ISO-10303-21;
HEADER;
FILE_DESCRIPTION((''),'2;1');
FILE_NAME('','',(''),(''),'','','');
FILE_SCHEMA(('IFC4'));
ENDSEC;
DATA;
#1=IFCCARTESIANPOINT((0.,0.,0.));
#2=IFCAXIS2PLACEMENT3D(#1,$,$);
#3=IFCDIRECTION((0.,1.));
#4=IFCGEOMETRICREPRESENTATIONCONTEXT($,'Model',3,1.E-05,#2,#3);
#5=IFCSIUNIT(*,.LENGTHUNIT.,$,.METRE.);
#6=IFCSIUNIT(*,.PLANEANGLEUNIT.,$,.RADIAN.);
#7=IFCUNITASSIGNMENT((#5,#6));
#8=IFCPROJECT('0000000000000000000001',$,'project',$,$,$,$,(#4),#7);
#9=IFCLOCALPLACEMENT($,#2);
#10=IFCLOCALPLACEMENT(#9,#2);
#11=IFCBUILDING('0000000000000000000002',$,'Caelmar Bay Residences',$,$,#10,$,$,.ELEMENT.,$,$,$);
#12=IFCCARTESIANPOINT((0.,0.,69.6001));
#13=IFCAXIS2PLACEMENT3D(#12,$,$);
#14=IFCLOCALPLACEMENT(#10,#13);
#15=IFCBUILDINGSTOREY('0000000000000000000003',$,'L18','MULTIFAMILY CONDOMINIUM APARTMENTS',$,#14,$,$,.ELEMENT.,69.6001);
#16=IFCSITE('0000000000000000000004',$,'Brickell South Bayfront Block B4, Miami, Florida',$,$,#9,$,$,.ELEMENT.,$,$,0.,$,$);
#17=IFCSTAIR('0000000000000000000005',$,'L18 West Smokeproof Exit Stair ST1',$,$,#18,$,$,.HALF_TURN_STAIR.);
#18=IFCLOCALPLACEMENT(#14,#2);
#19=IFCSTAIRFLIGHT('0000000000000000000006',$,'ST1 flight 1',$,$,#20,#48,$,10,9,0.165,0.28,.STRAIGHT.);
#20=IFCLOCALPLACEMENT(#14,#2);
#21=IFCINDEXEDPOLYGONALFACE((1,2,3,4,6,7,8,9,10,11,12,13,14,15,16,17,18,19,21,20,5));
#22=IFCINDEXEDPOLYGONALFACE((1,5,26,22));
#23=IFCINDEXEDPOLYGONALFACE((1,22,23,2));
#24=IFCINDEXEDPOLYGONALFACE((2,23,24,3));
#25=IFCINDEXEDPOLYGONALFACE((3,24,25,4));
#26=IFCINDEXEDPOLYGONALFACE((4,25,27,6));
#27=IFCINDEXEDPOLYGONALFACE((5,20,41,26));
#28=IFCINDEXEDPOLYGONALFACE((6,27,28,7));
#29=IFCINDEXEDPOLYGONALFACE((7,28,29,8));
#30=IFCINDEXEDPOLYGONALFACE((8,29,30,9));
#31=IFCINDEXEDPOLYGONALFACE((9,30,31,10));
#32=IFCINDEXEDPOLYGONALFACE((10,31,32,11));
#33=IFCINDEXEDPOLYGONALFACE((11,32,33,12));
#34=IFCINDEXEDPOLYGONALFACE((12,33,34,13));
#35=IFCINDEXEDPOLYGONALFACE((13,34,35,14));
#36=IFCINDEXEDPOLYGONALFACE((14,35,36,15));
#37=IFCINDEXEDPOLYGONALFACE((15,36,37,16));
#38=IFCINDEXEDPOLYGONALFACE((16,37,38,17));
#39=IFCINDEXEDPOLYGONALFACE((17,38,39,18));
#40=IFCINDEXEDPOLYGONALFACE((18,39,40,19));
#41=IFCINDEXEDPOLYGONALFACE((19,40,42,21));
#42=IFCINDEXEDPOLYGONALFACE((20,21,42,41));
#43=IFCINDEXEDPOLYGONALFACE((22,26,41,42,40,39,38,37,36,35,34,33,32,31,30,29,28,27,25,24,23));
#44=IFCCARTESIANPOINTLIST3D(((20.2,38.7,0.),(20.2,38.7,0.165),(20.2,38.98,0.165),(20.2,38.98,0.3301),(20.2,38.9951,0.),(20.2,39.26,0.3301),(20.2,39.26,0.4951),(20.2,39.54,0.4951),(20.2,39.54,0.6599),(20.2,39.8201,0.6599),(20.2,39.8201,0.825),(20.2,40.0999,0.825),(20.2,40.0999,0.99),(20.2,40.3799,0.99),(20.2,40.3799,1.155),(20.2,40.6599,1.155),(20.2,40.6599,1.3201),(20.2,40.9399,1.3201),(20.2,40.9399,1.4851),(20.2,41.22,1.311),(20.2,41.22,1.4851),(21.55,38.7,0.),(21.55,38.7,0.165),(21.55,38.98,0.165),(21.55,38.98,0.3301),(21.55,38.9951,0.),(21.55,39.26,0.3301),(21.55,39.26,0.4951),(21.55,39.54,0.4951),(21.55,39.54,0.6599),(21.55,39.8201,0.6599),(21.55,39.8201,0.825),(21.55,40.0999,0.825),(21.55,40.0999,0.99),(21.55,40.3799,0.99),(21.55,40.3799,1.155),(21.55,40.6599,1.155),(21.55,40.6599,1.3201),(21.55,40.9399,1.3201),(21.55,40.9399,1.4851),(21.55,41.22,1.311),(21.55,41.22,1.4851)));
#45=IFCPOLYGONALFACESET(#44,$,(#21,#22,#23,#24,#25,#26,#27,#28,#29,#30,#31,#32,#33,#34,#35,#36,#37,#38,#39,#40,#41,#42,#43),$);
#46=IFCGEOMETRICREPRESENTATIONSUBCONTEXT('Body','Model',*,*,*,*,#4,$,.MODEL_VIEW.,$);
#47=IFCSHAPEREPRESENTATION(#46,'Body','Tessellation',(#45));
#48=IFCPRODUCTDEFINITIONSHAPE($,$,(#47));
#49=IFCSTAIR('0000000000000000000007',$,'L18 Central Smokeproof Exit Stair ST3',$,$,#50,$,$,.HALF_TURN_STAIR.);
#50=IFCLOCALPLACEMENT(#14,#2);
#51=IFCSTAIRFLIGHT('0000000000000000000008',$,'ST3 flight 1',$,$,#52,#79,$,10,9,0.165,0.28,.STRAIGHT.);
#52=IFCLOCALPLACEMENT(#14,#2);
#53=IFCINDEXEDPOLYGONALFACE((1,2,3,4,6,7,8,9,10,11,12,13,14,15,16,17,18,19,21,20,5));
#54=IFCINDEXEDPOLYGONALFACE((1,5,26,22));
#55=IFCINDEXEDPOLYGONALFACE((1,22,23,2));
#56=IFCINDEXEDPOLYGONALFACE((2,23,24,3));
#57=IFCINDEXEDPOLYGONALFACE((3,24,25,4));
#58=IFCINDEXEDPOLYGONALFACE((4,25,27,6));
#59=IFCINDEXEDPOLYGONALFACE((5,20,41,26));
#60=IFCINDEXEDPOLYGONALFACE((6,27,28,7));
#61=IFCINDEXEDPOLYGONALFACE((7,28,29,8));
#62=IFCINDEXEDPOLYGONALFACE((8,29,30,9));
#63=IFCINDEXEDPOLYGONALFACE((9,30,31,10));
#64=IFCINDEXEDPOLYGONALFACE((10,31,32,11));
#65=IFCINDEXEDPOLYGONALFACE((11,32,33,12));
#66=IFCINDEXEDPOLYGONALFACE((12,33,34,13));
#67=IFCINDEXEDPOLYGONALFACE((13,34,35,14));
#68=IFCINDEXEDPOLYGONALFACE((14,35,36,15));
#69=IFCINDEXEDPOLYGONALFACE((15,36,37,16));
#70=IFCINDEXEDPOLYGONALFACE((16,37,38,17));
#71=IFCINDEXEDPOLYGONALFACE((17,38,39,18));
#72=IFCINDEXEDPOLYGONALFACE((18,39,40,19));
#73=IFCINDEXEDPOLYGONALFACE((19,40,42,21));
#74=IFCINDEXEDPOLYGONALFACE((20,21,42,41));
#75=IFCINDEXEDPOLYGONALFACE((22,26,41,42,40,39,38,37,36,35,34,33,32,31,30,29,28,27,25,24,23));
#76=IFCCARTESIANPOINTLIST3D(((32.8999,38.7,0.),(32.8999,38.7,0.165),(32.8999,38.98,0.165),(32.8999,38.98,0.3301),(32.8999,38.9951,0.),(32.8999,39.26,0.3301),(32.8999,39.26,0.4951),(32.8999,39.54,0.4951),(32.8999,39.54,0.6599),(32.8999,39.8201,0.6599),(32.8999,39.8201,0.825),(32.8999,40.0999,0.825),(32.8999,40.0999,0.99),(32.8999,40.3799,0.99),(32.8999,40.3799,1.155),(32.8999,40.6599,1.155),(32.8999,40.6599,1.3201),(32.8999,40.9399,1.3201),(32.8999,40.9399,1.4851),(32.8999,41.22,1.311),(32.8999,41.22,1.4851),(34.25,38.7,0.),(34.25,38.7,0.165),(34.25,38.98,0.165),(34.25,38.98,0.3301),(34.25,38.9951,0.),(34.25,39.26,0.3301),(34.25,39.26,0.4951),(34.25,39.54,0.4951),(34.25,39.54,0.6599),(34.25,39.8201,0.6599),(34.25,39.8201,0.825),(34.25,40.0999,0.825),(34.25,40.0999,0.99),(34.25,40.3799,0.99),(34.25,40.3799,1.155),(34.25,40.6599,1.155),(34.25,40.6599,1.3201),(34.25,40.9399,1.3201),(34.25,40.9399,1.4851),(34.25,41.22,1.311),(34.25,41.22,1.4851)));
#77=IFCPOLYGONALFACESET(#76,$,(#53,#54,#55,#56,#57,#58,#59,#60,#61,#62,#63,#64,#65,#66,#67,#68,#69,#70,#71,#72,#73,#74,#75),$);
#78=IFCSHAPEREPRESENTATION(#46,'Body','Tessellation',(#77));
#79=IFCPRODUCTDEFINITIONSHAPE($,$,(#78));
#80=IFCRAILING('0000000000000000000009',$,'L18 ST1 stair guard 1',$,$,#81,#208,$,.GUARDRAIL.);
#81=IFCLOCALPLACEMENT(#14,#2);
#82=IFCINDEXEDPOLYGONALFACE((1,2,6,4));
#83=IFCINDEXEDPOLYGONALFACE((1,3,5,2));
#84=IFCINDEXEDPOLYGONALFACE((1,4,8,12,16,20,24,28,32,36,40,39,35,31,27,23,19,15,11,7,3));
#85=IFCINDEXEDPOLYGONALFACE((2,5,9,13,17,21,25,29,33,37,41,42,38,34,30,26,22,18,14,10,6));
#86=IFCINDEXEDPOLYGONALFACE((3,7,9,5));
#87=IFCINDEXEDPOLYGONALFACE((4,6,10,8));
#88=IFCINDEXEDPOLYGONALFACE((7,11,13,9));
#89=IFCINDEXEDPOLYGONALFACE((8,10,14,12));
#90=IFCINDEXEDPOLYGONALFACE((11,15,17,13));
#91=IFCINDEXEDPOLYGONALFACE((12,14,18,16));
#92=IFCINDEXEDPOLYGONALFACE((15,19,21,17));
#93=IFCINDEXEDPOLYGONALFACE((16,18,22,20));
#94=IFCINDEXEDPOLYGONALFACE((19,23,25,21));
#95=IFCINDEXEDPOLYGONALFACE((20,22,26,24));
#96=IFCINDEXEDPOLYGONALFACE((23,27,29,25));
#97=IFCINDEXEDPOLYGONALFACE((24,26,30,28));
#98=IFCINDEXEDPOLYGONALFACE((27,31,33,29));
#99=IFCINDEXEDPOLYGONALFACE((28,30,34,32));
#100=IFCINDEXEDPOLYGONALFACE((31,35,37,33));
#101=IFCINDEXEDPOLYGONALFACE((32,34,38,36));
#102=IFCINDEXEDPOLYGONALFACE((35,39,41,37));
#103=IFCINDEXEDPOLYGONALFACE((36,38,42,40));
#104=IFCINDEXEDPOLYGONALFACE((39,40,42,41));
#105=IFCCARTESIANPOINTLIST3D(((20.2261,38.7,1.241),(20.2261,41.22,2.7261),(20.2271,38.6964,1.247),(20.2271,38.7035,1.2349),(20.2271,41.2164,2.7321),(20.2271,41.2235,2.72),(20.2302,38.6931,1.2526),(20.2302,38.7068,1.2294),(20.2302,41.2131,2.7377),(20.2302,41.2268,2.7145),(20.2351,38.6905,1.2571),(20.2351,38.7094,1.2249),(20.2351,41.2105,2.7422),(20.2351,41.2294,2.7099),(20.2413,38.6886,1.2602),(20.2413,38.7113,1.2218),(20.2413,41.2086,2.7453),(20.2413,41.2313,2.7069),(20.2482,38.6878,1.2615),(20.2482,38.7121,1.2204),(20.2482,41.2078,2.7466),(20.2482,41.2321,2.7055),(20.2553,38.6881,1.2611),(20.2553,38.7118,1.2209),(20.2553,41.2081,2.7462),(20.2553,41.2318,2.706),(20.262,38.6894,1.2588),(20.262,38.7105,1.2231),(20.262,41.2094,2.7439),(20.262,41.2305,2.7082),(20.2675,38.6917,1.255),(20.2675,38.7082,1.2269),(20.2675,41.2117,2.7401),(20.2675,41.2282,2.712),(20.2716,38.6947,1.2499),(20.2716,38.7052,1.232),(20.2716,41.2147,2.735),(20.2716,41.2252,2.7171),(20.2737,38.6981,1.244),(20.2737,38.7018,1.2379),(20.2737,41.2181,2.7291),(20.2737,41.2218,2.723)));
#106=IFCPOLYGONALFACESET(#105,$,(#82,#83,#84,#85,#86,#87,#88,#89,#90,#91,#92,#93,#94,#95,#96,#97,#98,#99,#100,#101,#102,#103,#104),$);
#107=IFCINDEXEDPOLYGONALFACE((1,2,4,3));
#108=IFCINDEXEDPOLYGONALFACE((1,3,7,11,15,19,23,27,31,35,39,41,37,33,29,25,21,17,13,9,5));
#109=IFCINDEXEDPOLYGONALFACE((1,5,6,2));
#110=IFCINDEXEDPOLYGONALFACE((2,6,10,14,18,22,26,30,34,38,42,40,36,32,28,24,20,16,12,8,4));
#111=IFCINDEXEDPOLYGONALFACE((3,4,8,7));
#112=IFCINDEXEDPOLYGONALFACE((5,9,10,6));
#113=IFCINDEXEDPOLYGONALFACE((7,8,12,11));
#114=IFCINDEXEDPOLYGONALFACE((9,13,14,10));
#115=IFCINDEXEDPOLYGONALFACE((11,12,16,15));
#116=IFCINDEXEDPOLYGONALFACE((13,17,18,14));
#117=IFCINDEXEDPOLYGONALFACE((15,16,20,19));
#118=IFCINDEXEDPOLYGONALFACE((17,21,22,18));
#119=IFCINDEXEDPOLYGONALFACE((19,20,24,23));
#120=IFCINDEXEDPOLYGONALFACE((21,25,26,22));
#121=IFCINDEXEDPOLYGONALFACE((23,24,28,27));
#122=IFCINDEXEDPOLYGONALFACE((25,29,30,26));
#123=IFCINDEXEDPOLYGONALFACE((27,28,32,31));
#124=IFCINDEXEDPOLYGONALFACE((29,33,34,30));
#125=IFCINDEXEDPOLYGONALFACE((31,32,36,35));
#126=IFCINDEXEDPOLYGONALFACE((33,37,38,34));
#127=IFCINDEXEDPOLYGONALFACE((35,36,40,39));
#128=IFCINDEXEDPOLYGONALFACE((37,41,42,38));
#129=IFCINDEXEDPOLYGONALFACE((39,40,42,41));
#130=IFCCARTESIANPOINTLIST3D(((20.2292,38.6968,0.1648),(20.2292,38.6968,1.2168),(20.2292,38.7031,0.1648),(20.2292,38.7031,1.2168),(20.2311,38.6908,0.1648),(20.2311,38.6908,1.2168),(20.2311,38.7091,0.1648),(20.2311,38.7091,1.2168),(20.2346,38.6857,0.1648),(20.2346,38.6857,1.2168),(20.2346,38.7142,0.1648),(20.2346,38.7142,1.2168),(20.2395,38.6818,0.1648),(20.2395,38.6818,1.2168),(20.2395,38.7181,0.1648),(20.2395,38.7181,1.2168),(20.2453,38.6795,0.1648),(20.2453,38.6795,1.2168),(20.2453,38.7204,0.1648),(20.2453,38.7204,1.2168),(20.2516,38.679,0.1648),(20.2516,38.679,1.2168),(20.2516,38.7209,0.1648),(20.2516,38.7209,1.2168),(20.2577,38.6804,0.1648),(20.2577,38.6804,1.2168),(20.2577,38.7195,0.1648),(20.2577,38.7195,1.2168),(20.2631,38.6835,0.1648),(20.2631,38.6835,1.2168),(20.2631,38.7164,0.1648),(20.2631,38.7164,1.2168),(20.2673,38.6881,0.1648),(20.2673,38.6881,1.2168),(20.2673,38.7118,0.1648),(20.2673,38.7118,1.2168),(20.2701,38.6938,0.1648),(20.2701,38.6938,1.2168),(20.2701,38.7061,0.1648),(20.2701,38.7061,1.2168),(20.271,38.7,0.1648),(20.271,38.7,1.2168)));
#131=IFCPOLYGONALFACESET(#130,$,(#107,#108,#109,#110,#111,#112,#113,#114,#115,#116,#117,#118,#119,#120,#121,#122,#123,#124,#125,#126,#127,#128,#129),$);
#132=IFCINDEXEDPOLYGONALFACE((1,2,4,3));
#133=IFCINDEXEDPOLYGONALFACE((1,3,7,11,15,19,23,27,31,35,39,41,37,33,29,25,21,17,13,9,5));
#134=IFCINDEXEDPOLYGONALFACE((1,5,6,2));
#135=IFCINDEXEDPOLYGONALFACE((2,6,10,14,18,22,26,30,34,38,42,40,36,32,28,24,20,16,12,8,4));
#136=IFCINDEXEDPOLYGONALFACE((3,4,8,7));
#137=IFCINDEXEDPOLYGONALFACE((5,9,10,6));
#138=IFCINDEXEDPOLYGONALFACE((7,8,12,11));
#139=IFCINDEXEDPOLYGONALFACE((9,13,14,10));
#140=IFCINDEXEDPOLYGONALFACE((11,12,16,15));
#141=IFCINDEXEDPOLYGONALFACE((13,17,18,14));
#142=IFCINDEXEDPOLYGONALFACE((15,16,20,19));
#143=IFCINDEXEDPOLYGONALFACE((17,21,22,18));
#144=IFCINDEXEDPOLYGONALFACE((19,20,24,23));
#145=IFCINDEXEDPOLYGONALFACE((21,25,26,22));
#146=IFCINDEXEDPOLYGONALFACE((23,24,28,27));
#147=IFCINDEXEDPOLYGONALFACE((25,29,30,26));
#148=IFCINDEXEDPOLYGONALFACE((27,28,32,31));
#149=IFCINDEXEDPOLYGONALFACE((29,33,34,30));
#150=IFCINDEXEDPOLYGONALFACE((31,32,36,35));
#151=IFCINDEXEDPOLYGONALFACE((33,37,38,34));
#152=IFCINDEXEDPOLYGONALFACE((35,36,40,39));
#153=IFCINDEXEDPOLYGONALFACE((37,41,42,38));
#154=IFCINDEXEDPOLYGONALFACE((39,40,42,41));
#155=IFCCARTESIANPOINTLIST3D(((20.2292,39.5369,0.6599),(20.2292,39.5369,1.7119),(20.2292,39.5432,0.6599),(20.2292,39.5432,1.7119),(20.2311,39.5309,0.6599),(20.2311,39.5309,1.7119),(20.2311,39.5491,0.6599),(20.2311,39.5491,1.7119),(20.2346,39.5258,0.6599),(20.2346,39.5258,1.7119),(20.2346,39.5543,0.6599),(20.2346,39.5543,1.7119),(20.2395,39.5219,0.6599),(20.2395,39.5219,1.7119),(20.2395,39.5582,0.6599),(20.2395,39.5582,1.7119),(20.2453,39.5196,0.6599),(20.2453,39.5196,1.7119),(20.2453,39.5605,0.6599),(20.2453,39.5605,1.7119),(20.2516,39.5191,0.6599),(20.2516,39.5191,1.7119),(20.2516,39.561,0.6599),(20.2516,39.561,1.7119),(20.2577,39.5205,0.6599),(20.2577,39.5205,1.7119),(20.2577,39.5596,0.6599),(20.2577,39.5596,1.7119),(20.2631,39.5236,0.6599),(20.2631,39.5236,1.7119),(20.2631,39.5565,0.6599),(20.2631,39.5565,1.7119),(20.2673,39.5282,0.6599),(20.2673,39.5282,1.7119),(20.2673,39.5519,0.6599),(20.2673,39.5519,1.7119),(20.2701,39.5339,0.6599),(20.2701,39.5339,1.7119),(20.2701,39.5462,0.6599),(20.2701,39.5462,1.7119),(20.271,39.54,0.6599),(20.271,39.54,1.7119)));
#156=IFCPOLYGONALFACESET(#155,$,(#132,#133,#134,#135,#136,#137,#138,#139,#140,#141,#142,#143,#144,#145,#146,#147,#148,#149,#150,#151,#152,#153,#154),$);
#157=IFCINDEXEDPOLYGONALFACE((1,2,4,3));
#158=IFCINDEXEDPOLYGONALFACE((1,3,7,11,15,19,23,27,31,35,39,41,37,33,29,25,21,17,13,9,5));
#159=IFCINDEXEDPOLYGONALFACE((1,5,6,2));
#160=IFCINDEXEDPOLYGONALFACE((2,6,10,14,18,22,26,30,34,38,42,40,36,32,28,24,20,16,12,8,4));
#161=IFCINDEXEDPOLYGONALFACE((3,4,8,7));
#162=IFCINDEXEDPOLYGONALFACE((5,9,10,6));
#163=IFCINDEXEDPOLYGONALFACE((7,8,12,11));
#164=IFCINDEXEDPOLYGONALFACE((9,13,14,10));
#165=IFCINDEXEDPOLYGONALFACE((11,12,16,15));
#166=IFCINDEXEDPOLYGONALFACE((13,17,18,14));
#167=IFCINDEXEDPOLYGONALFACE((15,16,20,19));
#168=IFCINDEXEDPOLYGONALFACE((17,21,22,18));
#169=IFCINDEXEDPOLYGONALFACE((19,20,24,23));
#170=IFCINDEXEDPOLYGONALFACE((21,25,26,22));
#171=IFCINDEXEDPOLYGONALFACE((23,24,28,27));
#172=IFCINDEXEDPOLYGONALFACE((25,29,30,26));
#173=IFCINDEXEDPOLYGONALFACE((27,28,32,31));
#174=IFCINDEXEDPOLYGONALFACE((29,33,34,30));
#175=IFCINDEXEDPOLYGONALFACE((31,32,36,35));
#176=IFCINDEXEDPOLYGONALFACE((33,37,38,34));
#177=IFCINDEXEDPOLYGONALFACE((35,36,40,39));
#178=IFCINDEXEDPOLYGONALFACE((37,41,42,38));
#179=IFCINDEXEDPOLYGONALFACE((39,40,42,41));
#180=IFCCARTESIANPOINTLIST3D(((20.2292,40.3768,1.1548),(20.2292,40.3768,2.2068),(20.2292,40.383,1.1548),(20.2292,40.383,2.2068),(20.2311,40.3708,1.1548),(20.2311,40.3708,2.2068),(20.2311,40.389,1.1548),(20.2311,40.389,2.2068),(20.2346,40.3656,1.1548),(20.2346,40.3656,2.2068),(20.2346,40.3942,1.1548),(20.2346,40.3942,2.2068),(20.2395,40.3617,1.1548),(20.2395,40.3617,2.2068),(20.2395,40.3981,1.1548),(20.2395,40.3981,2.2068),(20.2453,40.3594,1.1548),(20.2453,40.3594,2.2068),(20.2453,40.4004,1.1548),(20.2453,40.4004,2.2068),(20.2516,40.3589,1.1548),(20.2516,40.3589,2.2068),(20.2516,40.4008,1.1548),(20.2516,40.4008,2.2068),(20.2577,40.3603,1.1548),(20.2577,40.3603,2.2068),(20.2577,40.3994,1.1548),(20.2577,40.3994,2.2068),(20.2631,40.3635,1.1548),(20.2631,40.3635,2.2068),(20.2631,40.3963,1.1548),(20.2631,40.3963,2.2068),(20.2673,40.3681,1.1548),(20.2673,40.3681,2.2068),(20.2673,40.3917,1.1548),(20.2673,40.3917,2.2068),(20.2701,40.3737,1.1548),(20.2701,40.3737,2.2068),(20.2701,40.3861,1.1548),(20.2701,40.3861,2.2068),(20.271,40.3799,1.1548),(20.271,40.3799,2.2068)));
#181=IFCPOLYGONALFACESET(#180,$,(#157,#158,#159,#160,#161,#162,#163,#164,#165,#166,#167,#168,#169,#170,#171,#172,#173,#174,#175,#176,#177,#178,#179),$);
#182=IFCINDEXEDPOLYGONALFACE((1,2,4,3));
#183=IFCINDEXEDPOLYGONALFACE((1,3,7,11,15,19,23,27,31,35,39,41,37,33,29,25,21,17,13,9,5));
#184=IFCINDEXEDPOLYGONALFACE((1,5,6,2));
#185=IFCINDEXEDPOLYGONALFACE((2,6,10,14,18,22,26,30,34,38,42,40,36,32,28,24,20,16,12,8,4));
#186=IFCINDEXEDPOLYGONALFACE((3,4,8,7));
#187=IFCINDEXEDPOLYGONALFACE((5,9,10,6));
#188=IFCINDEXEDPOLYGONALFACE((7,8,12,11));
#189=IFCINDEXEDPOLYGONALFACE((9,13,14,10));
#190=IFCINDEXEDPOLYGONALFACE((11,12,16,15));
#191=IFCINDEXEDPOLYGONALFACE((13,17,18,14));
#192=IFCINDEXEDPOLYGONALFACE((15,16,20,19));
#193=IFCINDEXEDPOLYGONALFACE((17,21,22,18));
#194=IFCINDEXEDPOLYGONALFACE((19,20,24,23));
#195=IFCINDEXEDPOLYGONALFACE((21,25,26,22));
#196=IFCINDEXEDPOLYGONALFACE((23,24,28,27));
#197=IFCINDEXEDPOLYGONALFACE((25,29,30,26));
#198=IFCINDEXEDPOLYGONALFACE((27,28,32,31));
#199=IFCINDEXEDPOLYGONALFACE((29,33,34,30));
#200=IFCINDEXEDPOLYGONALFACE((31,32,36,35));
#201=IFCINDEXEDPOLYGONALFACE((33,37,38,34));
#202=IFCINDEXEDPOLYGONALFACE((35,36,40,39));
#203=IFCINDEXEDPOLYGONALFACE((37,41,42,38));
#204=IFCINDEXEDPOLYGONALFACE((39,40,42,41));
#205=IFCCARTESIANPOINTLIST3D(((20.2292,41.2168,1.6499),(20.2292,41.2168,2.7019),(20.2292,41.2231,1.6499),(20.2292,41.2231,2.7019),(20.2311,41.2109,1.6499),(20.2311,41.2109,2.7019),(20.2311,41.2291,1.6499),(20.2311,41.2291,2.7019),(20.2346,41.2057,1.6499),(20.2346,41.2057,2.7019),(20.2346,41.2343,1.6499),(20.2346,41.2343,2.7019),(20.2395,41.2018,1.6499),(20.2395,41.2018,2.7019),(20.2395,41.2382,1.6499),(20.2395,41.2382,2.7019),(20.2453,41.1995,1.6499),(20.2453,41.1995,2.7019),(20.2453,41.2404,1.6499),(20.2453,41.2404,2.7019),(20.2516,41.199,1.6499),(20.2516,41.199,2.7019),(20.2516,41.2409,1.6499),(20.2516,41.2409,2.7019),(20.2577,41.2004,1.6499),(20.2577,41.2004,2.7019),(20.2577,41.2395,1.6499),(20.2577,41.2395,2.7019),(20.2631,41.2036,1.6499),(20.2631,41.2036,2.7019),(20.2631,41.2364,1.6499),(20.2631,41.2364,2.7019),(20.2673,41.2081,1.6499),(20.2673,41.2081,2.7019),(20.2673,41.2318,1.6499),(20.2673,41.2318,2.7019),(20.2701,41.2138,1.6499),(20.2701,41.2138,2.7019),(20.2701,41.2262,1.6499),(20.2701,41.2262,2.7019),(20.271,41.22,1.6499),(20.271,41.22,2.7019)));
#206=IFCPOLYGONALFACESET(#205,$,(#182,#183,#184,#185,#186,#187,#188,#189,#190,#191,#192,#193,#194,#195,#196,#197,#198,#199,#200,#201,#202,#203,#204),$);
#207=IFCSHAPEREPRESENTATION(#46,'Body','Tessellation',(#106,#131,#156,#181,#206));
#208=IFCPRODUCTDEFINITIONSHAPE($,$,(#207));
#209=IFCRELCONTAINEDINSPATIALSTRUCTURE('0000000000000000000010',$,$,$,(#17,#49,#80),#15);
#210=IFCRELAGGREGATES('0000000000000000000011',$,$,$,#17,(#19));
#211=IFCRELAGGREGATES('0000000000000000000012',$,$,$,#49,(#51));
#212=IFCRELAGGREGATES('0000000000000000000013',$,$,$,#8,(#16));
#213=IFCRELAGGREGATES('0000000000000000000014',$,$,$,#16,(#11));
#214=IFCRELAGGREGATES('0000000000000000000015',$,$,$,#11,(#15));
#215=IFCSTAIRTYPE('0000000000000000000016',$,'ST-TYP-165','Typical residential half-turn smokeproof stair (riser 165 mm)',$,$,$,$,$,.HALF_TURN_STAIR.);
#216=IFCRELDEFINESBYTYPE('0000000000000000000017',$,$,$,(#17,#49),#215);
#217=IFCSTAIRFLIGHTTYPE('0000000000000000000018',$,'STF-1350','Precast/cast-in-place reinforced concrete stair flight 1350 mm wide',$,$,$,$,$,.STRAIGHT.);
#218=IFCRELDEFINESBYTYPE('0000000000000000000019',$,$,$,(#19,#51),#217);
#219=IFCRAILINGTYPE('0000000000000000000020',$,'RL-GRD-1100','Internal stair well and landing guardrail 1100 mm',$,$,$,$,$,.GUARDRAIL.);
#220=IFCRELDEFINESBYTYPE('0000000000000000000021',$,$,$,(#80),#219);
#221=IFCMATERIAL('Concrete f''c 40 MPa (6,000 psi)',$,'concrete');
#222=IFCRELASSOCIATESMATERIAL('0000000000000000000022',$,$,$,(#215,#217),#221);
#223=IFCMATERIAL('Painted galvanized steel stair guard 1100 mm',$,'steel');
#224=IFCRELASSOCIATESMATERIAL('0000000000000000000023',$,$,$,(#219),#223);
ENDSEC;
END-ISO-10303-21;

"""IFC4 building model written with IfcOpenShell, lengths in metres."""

from ifc_helpers import new_model, si_unit, direction, frame, origin, origin_2d, place, context, subcontext, project, spatial, polyline, circle, outline, extrude, material, type_object, element, aggregate, save


model = new_model("IFC4")

# Units and contexts
model_context = context("Model", 3, precision=1e-05, world=origin(), true_north=direction((0.0, 1.0)))
body_context = subcontext(model_context, "Body", "Model", "MODEL_VIEW")
ifc_project = project(units=[si_unit("LENGTHUNIT", "METRE"), si_unit("PLANEANGLEUNIT", "RADIAN")], contexts=[model_context])

# Site, building, storey
site_placement = place(None, origin())
site = spatial("IfcSite", under=ifc_project, at=site_placement, Name="Brickell South Bayfront Block B4, Miami, Florida", CompositionType="ELEMENT", RefElevation=0.0)
building_placement = place(site_placement, origin())
building = spatial("IfcBuilding", under=site, at=building_placement, Name="Caelmar Bay Residences", CompositionType="ELEMENT")
storey_placement = place(building_placement, frame((0.0, 0.0, 69.6001)))
storey = spatial("IfcBuildingStorey", under=building, at=storey_placement, Name="L18", Description="MULTIFAMILY CONDOMINIUM APARTMENTS", CompositionType="ELEMENT", Elevation=69.6001)

# Stairs, stair flights
ifc_material_1 = material(Name="Concrete f'c 40 MPa (6,000 psi)", Category="concrete")
stair_type = type_object("IfcStairType", Name="ST-TYP-165", Description="Typical residential half-turn smokeproof stair (riser 165 mm)", PredefinedType="HALF_TURN_STAIR", material=ifc_material_1)
stair_1_placement = place(storey_placement, origin())
stair_1 = element("IfcStair", 1, at=stair_1_placement, inside=storey, type_object=stair_type, Name="L18 West Smokeproof Exit Stair ST1", PredefinedType="HALF_TURN_STAIR")
stair_flight_type = type_object("IfcStairFlightType", Name="STF-1350", Description="Precast/cast-in-place reinforced concrete stair flight 1350 mm wide", PredefinedType="STRAIGHT", material=ifc_material_1)
stair_flight_1_placement = place(storey_placement, frame((20.875, 38.7, 0.0), z_axis=(0.0, 0.0, 1.0), x_axis=(0.0, 1.0, 0.0)))
stair_flight_1 = element("IfcStairFlight", 2, at=stair_flight_1_placement, type_object=stair_flight_type, Name="ST1 flight 1", NumberOfRisers=10, NumberOfTreads=9, PredefinedType="STRAIGHT", RiserHeight=0.165, TreadLength=0.28, context=body_context, shape_type="SweptSolid", body=[
    extrude(outline(polyline([(0.0, 0.0), (0.0, 0.165), (0.28, 0.165), (0.28, 0.3301), (0.5601, 0.3301), (0.5601, 0.4951), (0.8401, 0.4951), (0.8401, 0.6599), (1.1201, 0.6599), (1.1201, 0.825), (1.3999, 0.825), (1.3999, 0.99), (1.6799, 0.99), (1.6799, 1.155), (1.96, 1.155), (1.96, 1.3201), (2.24, 1.3201), (2.24, 1.4851), (2.52, 1.4851), (2.52, 1.6499), (2.52, 1.311), (0.2952, 0.0), (0.0, 0.0)])), frame((0.0, 0.675, 0.0), z_axis=(0.0, -1.0, 0.0), x_axis=(1.0, 0.0, 0.0)), (0.0, 0.0, 1.0), 1.3501),
])
aggregate(stair_1, [stair_flight_1])
stair_2_placement = place(storey_placement, origin())
stair_2 = element("IfcStair", 3, at=stair_2_placement, inside=storey, type_object=stair_type, Name="L18 Central Smokeproof Exit Stair ST3", PredefinedType="HALF_TURN_STAIR")
stair_flight_2_placement = place(storey_placement, frame((33.575, 38.7, 0.0), z_axis=(0.0, 0.0, 1.0), x_axis=(0.0, 1.0, 0.0)))
stair_flight_2 = element("IfcStairFlight", 4, at=stair_flight_2_placement, type_object=stair_flight_type, Name="ST3 flight 1", NumberOfRisers=10, NumberOfTreads=9, PredefinedType="STRAIGHT", RiserHeight=0.165, TreadLength=0.28, context=body_context, shape_type="SweptSolid", body=[
    extrude(outline(polyline([(0.0, 0.0), (0.0, 0.165), (0.28, 0.165), (0.28, 0.3301), (0.5601, 0.3301), (0.5601, 0.4951), (0.8401, 0.4951), (0.8401, 0.6599), (1.1201, 0.6599), (1.1201, 0.825), (1.3999, 0.825), (1.3999, 0.99), (1.6799, 0.99), (1.6799, 1.155), (1.96, 1.155), (1.96, 1.3201), (2.24, 1.3201), (2.24, 1.4851), (2.52, 1.4851), (2.52, 1.6499), (2.52, 1.311), (0.2952, 0.0), (0.0, 0.0)])), frame((0.0, 0.675, 0.0), z_axis=(0.0, -1.0, 0.0), x_axis=(1.0, 0.0, 0.0)), (0.0, 0.0, 1.0), 1.3501),
])
aggregate(stair_2, [stair_flight_2])

# Railing
ifc_material_2 = material(Name="Painted galvanized steel stair guard 1100 mm", Category="steel")
railing_type_1 = type_object("IfcRailingType", Name="RL-GRD-1100", Description="Internal stair well and landing guardrail 1100 mm", PredefinedType="GUARDRAIL", material=ifc_material_2)
railing_1_placement = place(storey_placement, frame((20.25, 38.7, 0.1648)))
element("IfcRailing", 5, at=railing_1_placement, inside=storey, type_object=railing_type_1, Name="L18 ST1 stair guard 1", PredefinedType="GUARDRAIL", context=body_context, shape_type="SweptSolid", body=[
    extrude(circle(Radius=0.0239, at=origin_2d()), frame((0.0, 0.0, 1.0762), z_axis=(0.0, 0.861524, 0.507717), x_axis=(-1.0, 0.0, 0.0)), (0.0, 0.0, 1.0), 2.925),
    extrude(circle(Radius=0.021, at=origin_2d()), origin(), (0.0, 0.0, 1.0), 1.052),
    extrude(circle(Radius=0.021, at=origin_2d()), frame((0.0, 0.8401, 0.4951)), (0.0, 0.0, 1.0), 1.052),
    extrude(circle(Radius=0.021, at=origin_2d()), frame((0.0, 1.6799, 0.99)), (0.0, 0.0, 1.0), 1.052),
    extrude(circle(Radius=0.021, at=origin_2d()), frame((0.0, 2.52, 1.4851)), (0.0, 0.0, 1.0), 1.052),
])

save(model, "model.ifc")
